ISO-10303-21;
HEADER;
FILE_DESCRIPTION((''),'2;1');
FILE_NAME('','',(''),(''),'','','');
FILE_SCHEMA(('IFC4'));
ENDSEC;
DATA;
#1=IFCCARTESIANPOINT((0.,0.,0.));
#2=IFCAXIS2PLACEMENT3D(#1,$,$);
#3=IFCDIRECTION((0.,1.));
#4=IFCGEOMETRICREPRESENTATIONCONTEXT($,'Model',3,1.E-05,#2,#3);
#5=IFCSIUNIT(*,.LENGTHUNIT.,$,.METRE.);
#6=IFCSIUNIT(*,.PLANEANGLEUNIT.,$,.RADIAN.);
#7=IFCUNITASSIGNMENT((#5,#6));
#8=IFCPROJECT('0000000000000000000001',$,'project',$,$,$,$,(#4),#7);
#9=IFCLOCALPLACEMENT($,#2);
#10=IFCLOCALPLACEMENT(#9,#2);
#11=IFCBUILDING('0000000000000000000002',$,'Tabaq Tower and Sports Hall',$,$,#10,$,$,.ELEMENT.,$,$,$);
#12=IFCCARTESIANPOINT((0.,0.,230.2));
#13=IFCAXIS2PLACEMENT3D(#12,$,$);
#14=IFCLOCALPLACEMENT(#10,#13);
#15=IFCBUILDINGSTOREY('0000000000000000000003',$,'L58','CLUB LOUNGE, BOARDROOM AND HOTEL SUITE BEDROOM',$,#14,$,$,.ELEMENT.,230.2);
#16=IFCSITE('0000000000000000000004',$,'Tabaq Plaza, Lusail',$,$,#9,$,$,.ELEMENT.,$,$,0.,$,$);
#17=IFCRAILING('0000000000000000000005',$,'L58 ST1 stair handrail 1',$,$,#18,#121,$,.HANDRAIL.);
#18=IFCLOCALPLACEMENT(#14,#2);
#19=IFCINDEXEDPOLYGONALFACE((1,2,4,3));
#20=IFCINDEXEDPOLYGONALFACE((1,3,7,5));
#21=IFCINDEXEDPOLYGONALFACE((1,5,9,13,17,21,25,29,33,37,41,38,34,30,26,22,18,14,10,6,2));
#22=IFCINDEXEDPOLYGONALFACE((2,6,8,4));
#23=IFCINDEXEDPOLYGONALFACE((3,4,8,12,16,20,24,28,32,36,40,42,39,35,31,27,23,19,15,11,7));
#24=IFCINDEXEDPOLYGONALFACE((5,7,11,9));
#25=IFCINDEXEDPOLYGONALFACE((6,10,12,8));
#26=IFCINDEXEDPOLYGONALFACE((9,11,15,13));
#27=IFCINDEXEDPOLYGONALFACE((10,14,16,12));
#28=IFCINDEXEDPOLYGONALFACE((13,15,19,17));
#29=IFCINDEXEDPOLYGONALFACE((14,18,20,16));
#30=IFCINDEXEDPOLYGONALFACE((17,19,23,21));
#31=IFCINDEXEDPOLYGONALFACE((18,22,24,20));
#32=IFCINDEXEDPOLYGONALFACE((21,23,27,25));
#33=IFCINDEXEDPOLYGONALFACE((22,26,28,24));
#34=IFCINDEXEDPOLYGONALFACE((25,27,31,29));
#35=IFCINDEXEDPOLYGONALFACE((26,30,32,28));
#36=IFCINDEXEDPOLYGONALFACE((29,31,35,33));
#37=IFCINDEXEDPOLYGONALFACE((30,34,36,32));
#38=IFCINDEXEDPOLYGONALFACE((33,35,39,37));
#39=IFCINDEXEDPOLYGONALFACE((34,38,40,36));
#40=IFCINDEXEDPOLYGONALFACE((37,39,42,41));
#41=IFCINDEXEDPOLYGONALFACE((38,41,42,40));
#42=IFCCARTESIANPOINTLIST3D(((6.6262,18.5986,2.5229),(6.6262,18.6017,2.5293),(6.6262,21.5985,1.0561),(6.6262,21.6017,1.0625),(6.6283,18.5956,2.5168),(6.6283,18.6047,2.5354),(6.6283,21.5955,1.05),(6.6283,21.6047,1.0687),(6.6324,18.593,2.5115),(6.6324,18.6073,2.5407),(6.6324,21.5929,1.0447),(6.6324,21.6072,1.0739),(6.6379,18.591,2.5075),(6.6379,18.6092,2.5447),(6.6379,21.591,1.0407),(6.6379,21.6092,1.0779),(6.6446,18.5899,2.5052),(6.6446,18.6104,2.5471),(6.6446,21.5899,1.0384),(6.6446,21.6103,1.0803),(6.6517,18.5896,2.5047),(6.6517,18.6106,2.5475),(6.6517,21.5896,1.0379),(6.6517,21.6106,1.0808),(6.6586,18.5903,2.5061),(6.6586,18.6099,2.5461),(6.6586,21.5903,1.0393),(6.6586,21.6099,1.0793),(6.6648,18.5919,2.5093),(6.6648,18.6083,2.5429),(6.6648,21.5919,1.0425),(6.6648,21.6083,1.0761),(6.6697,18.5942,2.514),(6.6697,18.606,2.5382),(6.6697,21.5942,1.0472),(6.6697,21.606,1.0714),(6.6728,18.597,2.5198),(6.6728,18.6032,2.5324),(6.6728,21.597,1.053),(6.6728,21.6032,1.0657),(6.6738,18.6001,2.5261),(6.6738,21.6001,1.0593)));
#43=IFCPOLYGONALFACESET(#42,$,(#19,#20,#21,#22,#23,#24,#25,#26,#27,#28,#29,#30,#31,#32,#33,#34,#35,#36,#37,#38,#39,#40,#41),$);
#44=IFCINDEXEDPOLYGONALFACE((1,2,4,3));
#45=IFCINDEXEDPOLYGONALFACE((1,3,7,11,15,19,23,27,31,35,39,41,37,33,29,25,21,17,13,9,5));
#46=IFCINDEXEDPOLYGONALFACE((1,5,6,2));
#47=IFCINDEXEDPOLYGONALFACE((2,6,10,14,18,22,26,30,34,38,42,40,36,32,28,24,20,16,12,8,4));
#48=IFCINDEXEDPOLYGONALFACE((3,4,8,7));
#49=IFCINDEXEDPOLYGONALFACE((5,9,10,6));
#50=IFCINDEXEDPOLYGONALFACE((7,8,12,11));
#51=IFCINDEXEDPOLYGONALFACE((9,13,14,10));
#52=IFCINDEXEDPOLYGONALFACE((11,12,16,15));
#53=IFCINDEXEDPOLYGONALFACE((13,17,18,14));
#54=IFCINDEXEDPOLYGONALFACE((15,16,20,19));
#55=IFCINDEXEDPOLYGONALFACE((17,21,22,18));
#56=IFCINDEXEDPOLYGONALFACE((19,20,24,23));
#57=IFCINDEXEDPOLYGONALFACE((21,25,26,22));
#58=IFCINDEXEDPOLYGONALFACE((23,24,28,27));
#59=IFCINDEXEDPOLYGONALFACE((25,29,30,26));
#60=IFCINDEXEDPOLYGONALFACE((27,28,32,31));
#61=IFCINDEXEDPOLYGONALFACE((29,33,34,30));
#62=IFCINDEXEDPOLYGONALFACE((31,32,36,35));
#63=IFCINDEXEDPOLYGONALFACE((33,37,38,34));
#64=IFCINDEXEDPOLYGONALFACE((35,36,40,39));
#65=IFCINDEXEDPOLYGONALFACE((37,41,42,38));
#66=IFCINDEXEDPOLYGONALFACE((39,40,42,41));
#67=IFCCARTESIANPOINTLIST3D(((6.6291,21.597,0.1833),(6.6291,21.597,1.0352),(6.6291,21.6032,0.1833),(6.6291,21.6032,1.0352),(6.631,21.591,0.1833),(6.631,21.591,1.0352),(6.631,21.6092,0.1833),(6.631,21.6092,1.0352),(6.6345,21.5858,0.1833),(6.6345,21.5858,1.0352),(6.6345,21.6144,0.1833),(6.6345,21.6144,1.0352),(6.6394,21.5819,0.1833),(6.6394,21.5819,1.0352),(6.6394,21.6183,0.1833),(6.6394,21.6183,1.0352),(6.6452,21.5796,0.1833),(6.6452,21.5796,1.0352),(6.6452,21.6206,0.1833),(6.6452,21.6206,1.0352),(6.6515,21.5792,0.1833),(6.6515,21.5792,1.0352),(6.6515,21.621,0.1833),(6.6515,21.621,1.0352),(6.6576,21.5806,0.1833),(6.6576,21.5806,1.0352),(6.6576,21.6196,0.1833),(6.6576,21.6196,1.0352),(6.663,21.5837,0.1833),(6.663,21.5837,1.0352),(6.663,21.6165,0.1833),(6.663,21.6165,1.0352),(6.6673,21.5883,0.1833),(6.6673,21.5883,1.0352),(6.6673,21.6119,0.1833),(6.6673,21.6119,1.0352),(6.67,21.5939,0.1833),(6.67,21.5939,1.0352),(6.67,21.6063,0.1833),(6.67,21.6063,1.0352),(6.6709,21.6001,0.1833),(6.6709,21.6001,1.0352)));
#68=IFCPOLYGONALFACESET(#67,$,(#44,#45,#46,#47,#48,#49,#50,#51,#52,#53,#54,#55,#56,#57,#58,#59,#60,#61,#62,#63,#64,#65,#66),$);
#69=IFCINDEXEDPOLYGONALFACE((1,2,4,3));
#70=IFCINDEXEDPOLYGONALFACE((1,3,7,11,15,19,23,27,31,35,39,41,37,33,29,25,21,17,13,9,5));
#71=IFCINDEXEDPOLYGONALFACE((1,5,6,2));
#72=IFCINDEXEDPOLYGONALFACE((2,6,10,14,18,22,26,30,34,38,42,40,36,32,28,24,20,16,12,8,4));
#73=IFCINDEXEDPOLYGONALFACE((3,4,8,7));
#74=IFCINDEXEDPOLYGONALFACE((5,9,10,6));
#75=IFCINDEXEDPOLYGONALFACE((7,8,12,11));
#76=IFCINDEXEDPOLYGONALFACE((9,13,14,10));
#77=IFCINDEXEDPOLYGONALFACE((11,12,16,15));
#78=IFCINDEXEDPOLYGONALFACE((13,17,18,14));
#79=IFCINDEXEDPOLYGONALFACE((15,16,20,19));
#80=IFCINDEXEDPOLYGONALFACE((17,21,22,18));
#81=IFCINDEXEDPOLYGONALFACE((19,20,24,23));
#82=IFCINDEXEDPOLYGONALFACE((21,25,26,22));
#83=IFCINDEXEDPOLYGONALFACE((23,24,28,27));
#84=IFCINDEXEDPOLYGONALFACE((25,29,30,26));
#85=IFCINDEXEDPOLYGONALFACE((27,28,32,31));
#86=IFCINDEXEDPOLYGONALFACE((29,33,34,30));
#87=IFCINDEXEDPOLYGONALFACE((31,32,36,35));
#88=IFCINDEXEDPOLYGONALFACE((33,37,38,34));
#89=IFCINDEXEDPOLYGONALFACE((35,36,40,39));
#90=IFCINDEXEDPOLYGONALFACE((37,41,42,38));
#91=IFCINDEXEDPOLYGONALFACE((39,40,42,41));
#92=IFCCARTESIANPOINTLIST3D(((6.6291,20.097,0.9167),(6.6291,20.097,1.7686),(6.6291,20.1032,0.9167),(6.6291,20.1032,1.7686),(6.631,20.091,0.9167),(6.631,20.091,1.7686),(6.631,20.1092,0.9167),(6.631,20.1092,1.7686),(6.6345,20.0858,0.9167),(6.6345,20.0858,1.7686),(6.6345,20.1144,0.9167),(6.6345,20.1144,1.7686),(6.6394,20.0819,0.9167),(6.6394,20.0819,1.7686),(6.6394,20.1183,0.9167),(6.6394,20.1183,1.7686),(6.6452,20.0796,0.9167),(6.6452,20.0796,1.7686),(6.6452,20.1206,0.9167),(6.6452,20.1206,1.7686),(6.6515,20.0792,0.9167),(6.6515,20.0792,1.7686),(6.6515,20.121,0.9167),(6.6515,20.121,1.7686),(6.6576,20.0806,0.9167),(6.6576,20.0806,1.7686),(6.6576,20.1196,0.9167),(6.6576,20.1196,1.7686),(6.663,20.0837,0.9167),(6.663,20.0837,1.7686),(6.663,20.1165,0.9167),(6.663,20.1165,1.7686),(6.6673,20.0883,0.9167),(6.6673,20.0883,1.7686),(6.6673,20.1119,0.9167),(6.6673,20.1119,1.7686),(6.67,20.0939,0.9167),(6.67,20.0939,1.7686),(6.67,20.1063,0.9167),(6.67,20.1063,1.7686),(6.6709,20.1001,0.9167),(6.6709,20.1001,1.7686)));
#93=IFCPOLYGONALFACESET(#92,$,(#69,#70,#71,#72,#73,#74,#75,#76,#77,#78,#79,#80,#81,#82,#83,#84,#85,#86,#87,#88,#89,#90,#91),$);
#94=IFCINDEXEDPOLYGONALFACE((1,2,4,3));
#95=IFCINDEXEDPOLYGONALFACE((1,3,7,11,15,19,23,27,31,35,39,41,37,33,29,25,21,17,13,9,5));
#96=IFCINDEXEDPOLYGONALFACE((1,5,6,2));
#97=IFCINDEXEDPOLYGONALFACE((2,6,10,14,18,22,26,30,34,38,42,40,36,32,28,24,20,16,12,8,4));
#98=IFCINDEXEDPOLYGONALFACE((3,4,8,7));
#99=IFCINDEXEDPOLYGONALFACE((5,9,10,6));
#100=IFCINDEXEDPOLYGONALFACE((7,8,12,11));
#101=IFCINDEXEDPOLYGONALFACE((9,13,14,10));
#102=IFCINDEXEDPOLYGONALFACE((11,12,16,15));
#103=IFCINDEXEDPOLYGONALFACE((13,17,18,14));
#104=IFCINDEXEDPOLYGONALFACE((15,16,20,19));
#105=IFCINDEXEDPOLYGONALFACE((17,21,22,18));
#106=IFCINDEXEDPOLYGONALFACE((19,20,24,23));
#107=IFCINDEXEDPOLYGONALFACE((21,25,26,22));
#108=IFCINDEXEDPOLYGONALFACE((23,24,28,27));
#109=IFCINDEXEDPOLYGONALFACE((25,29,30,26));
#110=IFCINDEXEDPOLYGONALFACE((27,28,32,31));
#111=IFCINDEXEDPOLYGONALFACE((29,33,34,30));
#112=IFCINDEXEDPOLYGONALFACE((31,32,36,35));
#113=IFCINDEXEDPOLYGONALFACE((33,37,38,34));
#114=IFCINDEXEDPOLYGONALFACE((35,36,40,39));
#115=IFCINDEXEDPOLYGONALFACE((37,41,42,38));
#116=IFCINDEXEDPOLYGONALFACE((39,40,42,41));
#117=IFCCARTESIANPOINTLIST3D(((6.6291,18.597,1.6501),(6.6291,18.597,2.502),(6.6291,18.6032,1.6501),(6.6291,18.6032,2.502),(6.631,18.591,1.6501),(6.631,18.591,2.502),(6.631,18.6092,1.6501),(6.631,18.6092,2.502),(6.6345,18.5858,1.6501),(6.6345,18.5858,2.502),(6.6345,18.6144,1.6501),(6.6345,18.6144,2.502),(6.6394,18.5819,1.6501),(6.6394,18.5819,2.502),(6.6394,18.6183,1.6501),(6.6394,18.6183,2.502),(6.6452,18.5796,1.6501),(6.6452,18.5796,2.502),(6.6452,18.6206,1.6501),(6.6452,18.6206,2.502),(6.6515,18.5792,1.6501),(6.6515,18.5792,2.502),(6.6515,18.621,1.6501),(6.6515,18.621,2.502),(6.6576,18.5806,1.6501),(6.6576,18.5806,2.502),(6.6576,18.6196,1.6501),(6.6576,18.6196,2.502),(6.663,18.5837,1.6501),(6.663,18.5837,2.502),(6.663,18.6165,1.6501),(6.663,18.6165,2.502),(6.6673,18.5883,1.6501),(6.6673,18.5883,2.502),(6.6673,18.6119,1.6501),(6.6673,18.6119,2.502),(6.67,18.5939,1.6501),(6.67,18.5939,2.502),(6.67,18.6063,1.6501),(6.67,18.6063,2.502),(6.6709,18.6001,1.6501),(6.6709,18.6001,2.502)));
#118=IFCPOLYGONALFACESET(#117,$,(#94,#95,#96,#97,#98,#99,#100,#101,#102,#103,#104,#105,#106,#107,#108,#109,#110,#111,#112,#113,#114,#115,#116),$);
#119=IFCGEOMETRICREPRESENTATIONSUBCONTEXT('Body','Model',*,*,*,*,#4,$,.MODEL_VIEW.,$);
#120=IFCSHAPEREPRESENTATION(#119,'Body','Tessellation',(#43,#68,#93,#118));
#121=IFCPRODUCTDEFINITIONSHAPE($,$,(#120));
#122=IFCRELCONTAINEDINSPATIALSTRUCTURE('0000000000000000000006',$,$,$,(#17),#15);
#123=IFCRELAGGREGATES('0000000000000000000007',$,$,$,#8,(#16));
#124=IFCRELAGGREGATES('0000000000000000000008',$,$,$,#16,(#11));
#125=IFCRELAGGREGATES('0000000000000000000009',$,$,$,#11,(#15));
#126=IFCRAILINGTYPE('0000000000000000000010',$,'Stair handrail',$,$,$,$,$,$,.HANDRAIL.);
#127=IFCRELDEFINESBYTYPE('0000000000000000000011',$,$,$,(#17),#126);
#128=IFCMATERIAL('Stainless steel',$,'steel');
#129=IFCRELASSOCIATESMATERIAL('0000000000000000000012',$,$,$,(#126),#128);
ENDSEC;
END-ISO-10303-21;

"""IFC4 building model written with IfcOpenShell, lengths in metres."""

from ifc_helpers import new_model, si_unit, direction, frame, origin, origin_2d, place, context, subcontext, project, spatial, circle, extrude, material, type_object, element, save


model = new_model("IFC4")

# Units and contexts
model_context = context("Model", 3, precision=1e-05, world=origin(), true_north=direction((0.0, 1.0)))
body_context = subcontext(model_context, "Body", "Model", "MODEL_VIEW")
ifc_project = project(units=[si_unit("LENGTHUNIT", "METRE"), si_unit("PLANEANGLEUNIT", "RADIAN")], contexts=[model_context])

# Site, building, storey
site_placement = place(None, origin())
site = spatial("IfcSite", under=ifc_project, at=site_placement, Name="Tabaq Plaza, Lusail", CompositionType="ELEMENT", RefElevation=0.0)
building_placement = place(site_placement, origin())
building = spatial("IfcBuilding", under=site, at=building_placement, Name="Tabaq Tower and Sports Hall", CompositionType="ELEMENT")
storey_placement = place(building_placement, frame((0.0, 0.0, 230.2)))
storey = spatial("IfcBuildingStorey", under=building, at=storey_placement, Name="L58", Description="CLUB LOUNGE, BOARDROOM AND HOTEL SUITE BEDROOM", CompositionType="ELEMENT", Elevation=230.2)

# Railing
ifc_material_1 = material(Name="Stainless steel", Category="steel")
railing_type_1 = type_object("IfcRailingType", Name="Stair handrail", PredefinedType="HANDRAIL", material=ifc_material_1)
railing_1_placement = place(storey_placement, frame((6.6499, 21.6001, 0.1833)))
element("IfcRailing", 1, at=railing_1_placement, inside=storey, type_object=railing_type_1, Name="L58 ST1 stair handrail 1", PredefinedType="HANDRAIL", context=body_context, shape_type="SweptSolid", body=[
    extrude(circle(Radius=0.0239, at=origin_2d()), frame((0.0, 0.0, 0.876), z_axis=(0.0, -0.898369, 0.439242), x_axis=(1.0, 0.0, 0.0)), (0.0, 0.0, 1.0), 3.3394),
    extrude(circle(Radius=0.021, at=origin_2d()), origin(), (0.0, 0.0, 1.0), 0.8518),
    extrude(circle(Radius=0.021, at=origin_2d()), frame((0.0, -1.5, 0.7334)), (0.0, 0.0, 1.0), 0.8518),
    extrude(circle(Radius=0.021, at=origin_2d()), frame((0.0, -3.0, 1.4668)), (0.0, 0.0, 1.0), 0.8518),
])

save(model, "model.ifc")
